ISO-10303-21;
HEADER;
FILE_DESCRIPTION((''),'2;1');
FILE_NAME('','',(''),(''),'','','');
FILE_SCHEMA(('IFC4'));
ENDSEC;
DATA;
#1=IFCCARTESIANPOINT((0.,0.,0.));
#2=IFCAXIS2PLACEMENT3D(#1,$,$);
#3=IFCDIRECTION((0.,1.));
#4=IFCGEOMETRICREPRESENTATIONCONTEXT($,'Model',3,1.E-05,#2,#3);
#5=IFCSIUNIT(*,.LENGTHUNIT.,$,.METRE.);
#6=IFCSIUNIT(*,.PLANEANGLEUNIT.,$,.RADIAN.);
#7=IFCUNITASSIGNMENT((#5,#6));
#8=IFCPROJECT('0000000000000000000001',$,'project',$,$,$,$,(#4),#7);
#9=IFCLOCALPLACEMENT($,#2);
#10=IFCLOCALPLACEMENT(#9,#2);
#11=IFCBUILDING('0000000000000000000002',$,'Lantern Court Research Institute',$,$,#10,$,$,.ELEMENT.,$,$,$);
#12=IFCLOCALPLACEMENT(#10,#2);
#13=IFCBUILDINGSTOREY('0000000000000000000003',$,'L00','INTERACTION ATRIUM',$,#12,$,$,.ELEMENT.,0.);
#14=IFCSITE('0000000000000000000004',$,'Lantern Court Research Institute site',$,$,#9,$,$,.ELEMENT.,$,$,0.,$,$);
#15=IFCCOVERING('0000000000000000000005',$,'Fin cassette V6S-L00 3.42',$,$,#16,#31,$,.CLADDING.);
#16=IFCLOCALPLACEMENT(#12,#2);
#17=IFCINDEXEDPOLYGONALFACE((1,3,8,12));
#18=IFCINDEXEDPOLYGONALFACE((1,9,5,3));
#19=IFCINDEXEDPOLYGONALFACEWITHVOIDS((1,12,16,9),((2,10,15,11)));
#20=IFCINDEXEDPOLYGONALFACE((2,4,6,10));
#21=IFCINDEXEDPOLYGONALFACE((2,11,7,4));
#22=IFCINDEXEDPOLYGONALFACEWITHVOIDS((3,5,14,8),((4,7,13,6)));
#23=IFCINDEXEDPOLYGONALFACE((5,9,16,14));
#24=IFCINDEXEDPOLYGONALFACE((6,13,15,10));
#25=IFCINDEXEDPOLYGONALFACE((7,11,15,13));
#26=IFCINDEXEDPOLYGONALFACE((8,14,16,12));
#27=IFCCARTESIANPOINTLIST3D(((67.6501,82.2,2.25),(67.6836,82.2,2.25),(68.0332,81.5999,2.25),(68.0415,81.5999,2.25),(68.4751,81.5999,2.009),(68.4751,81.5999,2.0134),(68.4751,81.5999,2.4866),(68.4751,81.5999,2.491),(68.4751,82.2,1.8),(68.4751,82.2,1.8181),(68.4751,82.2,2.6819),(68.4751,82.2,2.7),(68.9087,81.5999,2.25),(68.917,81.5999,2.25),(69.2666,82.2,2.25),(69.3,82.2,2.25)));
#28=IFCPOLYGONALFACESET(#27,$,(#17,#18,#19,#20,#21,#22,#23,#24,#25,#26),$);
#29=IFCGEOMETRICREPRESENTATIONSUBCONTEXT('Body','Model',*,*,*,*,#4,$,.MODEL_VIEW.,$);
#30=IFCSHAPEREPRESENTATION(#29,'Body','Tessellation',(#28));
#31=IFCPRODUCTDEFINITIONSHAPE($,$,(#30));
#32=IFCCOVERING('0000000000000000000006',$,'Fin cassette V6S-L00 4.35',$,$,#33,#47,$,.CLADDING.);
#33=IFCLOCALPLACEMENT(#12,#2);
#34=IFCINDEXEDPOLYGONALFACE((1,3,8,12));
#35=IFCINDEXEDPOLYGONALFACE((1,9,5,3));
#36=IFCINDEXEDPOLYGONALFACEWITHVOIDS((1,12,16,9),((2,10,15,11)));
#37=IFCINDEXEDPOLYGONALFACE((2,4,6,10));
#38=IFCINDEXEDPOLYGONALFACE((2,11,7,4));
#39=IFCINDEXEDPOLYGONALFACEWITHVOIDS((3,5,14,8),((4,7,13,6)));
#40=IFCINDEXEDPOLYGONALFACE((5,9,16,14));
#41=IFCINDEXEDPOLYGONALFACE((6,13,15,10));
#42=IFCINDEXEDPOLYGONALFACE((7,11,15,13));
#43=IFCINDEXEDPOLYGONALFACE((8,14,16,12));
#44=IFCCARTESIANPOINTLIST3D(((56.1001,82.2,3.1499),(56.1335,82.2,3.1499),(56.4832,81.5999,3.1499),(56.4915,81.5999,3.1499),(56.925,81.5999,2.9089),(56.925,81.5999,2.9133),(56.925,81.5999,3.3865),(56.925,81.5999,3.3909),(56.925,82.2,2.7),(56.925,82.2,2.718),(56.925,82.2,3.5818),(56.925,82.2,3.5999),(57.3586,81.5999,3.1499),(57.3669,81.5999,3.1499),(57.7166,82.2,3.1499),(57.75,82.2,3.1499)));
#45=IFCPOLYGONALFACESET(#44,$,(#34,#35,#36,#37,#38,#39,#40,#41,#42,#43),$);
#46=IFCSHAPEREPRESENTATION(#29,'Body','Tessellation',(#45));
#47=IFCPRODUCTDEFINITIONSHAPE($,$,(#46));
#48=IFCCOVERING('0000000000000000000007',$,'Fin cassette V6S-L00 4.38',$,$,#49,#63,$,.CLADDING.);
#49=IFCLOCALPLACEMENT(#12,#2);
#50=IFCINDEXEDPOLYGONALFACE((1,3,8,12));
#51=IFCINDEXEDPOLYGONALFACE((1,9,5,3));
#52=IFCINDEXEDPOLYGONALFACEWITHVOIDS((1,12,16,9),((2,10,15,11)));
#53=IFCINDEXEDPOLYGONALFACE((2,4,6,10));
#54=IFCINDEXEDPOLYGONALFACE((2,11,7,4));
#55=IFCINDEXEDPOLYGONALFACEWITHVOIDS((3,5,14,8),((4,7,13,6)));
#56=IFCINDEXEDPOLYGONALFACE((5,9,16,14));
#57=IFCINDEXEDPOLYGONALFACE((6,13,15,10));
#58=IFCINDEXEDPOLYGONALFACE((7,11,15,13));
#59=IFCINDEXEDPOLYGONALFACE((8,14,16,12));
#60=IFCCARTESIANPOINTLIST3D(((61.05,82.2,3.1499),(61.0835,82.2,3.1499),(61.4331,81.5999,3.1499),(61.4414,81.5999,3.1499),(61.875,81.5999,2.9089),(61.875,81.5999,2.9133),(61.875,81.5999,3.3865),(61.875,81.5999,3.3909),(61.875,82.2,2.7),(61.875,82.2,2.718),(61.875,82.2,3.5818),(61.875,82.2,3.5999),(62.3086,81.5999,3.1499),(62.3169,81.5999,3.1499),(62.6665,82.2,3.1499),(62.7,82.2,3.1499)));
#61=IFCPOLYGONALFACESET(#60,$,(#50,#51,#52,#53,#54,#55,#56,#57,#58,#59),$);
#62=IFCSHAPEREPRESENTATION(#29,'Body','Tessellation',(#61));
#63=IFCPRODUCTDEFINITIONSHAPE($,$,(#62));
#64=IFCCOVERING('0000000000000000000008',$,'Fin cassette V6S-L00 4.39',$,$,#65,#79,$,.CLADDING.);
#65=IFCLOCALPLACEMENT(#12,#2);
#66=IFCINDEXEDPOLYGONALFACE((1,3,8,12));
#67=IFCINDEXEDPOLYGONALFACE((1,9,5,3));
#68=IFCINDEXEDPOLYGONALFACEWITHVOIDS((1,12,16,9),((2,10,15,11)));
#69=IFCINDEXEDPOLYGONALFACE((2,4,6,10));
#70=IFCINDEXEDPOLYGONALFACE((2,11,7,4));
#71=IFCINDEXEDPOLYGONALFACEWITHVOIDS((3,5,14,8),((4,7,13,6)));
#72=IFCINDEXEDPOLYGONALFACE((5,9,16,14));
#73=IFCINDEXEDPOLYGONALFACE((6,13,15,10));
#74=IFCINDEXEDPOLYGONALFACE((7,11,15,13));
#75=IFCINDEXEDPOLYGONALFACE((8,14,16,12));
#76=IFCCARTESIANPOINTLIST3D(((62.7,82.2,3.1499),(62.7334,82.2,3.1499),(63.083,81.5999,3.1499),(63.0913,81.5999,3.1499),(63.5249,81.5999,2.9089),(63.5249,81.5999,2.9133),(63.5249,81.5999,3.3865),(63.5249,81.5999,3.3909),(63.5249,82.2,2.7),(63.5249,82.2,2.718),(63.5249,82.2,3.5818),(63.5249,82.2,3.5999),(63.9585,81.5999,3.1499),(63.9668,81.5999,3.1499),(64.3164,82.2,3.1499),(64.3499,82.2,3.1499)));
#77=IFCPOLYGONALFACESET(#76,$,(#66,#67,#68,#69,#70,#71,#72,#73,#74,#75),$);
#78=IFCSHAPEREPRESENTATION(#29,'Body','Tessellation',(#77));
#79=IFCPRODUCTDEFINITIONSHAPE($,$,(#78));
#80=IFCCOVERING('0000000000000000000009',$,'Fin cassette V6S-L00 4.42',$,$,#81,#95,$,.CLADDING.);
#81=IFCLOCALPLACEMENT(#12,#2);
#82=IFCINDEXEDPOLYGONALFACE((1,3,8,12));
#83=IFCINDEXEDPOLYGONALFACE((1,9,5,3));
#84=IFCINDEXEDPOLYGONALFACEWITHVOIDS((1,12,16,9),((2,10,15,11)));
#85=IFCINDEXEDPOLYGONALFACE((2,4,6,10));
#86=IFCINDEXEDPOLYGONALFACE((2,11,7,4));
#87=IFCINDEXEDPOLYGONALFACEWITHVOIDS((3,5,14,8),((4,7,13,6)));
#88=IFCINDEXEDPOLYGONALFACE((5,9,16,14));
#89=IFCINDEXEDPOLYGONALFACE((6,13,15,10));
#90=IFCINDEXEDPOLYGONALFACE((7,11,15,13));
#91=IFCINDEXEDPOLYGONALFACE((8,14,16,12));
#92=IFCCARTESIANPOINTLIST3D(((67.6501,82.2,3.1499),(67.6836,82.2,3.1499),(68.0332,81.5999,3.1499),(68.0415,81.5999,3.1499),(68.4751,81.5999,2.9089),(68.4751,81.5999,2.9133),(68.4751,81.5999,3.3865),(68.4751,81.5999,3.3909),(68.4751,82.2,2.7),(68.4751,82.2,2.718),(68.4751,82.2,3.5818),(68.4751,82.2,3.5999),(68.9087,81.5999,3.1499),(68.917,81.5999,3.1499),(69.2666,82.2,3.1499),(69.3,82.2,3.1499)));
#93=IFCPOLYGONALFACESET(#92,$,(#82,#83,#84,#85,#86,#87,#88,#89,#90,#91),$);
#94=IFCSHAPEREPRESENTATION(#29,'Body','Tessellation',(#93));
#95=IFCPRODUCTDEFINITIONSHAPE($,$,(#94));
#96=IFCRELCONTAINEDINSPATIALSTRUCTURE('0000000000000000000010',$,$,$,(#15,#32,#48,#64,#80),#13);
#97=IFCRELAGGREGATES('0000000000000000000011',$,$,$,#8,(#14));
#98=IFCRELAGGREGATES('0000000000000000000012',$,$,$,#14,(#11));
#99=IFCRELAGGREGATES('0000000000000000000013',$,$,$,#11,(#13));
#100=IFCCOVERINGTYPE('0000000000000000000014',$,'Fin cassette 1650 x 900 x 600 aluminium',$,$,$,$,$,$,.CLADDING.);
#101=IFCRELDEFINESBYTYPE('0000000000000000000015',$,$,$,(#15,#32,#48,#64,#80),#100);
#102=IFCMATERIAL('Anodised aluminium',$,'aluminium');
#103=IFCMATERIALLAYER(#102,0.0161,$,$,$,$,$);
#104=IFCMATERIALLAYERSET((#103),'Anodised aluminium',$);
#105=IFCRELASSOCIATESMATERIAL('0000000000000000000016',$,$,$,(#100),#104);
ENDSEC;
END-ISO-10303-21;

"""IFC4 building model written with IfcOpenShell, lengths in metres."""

from ifc_helpers import new_model, entity, si_unit, direction, frame, origin, place, context, subcontext, project, spatial, material, layer, layer_set, type_object, element, save


model = new_model("IFC4")

# Units and contexts
model_context = context("Model", 3, precision=1e-05, world=origin(), true_north=direction((0.0, 1.0)))
body_context = subcontext(model_context, "Body", "Model", "MODEL_VIEW")
ifc_project = project(units=[si_unit("LENGTHUNIT", "METRE"), si_unit("PLANEANGLEUNIT", "RADIAN")], contexts=[model_context])

# Site, building, storey
site_placement = place(None, origin())
site = spatial("IfcSite", under=ifc_project, at=site_placement, Name="Lantern Court Research Institute site", CompositionType="ELEMENT", RefElevation=0.0)
building_placement = place(site_placement, origin())
building = spatial("IfcBuilding", under=site, at=building_placement, Name="Lantern Court Research Institute", CompositionType="ELEMENT")
storey_placement = place(building_placement, origin())
storey = spatial("IfcBuildingStorey", under=building, at=storey_placement, Name="L00", Description="INTERACTION ATRIUM", CompositionType="ELEMENT", Elevation=0.0)

# Coverings
ifc_material_1 = material(Name="Anodised aluminium", Category="aluminium")
ifc_layer_1 = layer(ifc_material_1, 0.0161)
ifc_layer_set_1 = layer_set([ifc_layer_1], Name="Anodised aluminium")
covering_type_1 = type_object("IfcCoveringType", Name="Fin cassette 1650 x 900 x 600 aluminium", PredefinedType="CLADDING", material=ifc_layer_set_1)
covering_1_placement = place(storey_placement, frame((68.4751, 82.2, 2.25), z_axis=(0.0, -1.0, 0.0), x_axis=(1.0, 0.0, 0.0)))
cartesian_point_1 = entity("IfcCartesianPoint", [0.825, 0.0])
cartesian_point_2 = entity("IfcCartesianPoint", [0.7915, 0.0])
cartesian_point_3 = entity("IfcCartesianPoint", [0.4419, 0.0])
cartesian_point_4 = entity("IfcCartesianPoint", [0.4336, 0.0])
element("IfcCovering", 1, at=covering_1_placement, inside=storey, type_object=covering_type_1, Name="Fin cassette V6S-L00 3.42", PredefinedType="CLADDING", context=body_context, shape_type="SweptSolid", body=[
    entity("IfcExtrudedAreaSolidTapered", entity("IfcArbitraryProfileDefWithVoids", "AREA", None, entity("IfcPolyline", [cartesian_point_1, entity("IfcCartesianPoint", [0.0, 0.45]), entity("IfcCartesianPoint", [-0.825, 0.0]), entity("IfcCartesianPoint", [0.0, -0.45]), cartesian_point_1]), [entity("IfcPolyline", [cartesian_point_2, entity("IfcCartesianPoint", [0.0, 0.4319]), entity("IfcCartesianPoint", [-0.7915, 0.0]), entity("IfcCartesianPoint", [0.0, -0.4319]), cartesian_point_2])]), entity("IfcAxis2Placement3D", entity("IfcCartesianPoint", [0.0, 0.0, 0.0])), entity("IfcDirection", [0.0, 0.0, 1.0]), 0.6001, entity("IfcArbitraryProfileDefWithVoids", "AREA", None, entity("IfcPolyline", [cartesian_point_3, entity("IfcCartesianPoint", [0.0, 0.241]), entity("IfcCartesianPoint", [-0.4419, 0.0]), entity("IfcCartesianPoint", [0.0, -0.241]), cartesian_point_3]), [entity("IfcPolyline", [cartesian_point_4, entity("IfcCartesianPoint", [0.0, 0.2366]), entity("IfcCartesianPoint", [-0.4336, 0.0]), entity("IfcCartesianPoint", [0.0, -0.2366]), cartesian_point_4])])),
])
covering_2_placement = place(storey_placement, frame((56.925, 82.2, 3.1499), z_axis=(0.0, -1.0, 0.0), x_axis=(1.0, 0.0, 0.0)))
cartesian_point_5 = entity("IfcCartesianPoint", [0.825, 0.0])
cartesian_point_6 = entity("IfcCartesianPoint", [0.7915, 0.0])
cartesian_point_7 = entity("IfcCartesianPoint", [0.4419, 0.0])
cartesian_point_8 = entity("IfcCartesianPoint", [0.4336, 0.0])
element("IfcCovering", 2, at=covering_2_placement, inside=storey, type_object=covering_type_1, Name="Fin cassette V6S-L00 4.35", PredefinedType="CLADDING", context=body_context, shape_type="SweptSolid", body=[
    entity("IfcExtrudedAreaSolidTapered", entity("IfcArbitraryProfileDefWithVoids", "AREA", None, entity("IfcPolyline", [cartesian_point_5, entity("IfcCartesianPoint", [0.0, 0.45]), entity("IfcCartesianPoint", [-0.825, 0.0]), entity("IfcCartesianPoint", [0.0, -0.45]), cartesian_point_5]), [entity("IfcPolyline", [cartesian_point_6, entity("IfcCartesianPoint", [0.0, 0.4319]), entity("IfcCartesianPoint", [-0.7915, 0.0]), entity("IfcCartesianPoint", [0.0, -0.4319]), cartesian_point_6])]), entity("IfcAxis2Placement3D", entity("IfcCartesianPoint", [0.0, 0.0, 0.0])), entity("IfcDirection", [0.0, 0.0, 1.0]), 0.6001, entity("IfcArbitraryProfileDefWithVoids", "AREA", None, entity("IfcPolyline", [cartesian_point_7, entity("IfcCartesianPoint", [0.0, 0.241]), entity("IfcCartesianPoint", [-0.4419, 0.0]), entity("IfcCartesianPoint", [0.0, -0.241]), cartesian_point_7]), [entity("IfcPolyline", [cartesian_point_8, entity("IfcCartesianPoint", [0.0, 0.2366]), entity("IfcCartesianPoint", [-0.4336, 0.0]), entity("IfcCartesianPoint", [0.0, -0.2366]), cartesian_point_8])])),
])
covering_3_placement = place(storey_placement, frame((61.875, 82.2, 3.1499), z_axis=(0.0, -1.0, 0.0), x_axis=(1.0, 0.0, 0.0)))
cartesian_point_9 = entity("IfcCartesianPoint", [0.825, 0.0])
cartesian_point_10 = entity("IfcCartesianPoint", [0.7915, 0.0])
cartesian_point_11 = entity("IfcCartesianPoint", [0.4419, 0.0])
cartesian_point_12 = entity("IfcCartesianPoint", [0.4336, 0.0])
element("IfcCovering", 3, at=covering_3_placement, inside=storey, type_object=covering_type_1, Name="Fin cassette V6S-L00 4.38", PredefinedType="CLADDING", context=body_context, shape_type="SweptSolid", body=[
    entity("IfcExtrudedAreaSolidTapered", entity("IfcArbitraryProfileDefWithVoids", "AREA", None, entity("IfcPolyline", [cartesian_point_9, entity("IfcCartesianPoint", [0.0, 0.45]), entity("IfcCartesianPoint", [-0.825, 0.0]), entity("IfcCartesianPoint", [0.0, -0.45]), cartesian_point_9]), [entity("IfcPolyline", [cartesian_point_10, entity("IfcCartesianPoint", [0.0, 0.4319]), entity("IfcCartesianPoint", [-0.7915, 0.0]), entity("IfcCartesianPoint", [0.0, -0.4319]), cartesian_point_10])]), entity("IfcAxis2Placement3D", entity("IfcCartesianPoint", [0.0, 0.0, 0.0])), entity("IfcDirection", [0.0, 0.0, 1.0]), 0.6001, entity("IfcArbitraryProfileDefWithVoids", "AREA", None, entity("IfcPolyline", [cartesian_point_11, entity("IfcCartesianPoint", [0.0, 0.241]), entity("IfcCartesianPoint", [-0.4419, 0.0]), entity("IfcCartesianPoint", [0.0, -0.241]), cartesian_point_11]), [entity("IfcPolyline", [cartesian_point_12, entity("IfcCartesianPoint", [0.0, 0.2366]), entity("IfcCartesianPoint", [-0.4336, 0.0]), entity("IfcCartesianPoint", [0.0, -0.2366]), cartesian_point_12])])),
])
covering_4_placement = place(storey_placement, frame((63.5249, 82.2, 3.1499), z_axis=(0.0, -1.0, 0.0), x_axis=(1.0, 0.0, 0.0)))
cartesian_point_13 = entity("IfcCartesianPoint", [0.825, 0.0])
cartesian_point_14 = entity("IfcCartesianPoint", [0.7915, 0.0])
cartesian_point_15 = entity("IfcCartesianPoint", [0.4419, 0.0])
cartesian_point_16 = entity("IfcCartesianPoint", [0.4336, 0.0])
element("IfcCovering", 4, at=covering_4_placement, inside=storey, type_object=covering_type_1, Name="Fin cassette V6S-L00 4.39", PredefinedType="CLADDING", context=body_context, shape_type="SweptSolid", body=[
    entity("IfcExtrudedAreaSolidTapered", entity("IfcArbitraryProfileDefWithVoids", "AREA", None, entity("IfcPolyline", [cartesian_point_13, entity("IfcCartesianPoint", [0.0, 0.45]), entity("IfcCartesianPoint", [-0.825, 0.0]), entity("IfcCartesianPoint", [0.0, -0.45]), cartesian_point_13]), [entity("IfcPolyline", [cartesian_point_14, entity("IfcCartesianPoint", [0.0, 0.4319]), entity("IfcCartesianPoint", [-0.7915, 0.0]), entity("IfcCartesianPoint", [0.0, -0.4319]), cartesian_point_14])]), entity("IfcAxis2Placement3D", entity("IfcCartesianPoint", [0.0, 0.0, 0.0])), entity("IfcDirection", [0.0, 0.0, 1.0]), 0.6001, entity("IfcArbitraryProfileDefWithVoids", "AREA", None, entity("IfcPolyline", [cartesian_point_15, entity("IfcCartesianPoint", [0.0, 0.241]), entity("IfcCartesianPoint", [-0.4419, 0.0]), entity("IfcCartesianPoint", [0.0, -0.241]), cartesian_point_15]), [entity("IfcPolyline", [cartesian_point_16, entity("IfcCartesianPoint", [0.0, 0.2366]), entity("IfcCartesianPoint", [-0.4336, 0.0]), entity("IfcCartesianPoint", [0.0, -0.2366]), cartesian_point_16])])),
])
covering_5_placement = place(storey_placement, frame((68.4751, 82.2, 3.1499), z_axis=(0.0, -1.0, 0.0), x_axis=(1.0, 0.0, 0.0)))
cartesian_point_17 = entity("IfcCartesianPoint", [0.825, 0.0])
cartesian_point_18 = entity("IfcCartesianPoint", [0.7915, 0.0])
cartesian_point_19 = entity("IfcCartesianPoint", [0.4419, 0.0])
cartesian_point_20 = entity("IfcCartesianPoint", [0.4336, 0.0])
element("IfcCovering", 5, at=covering_5_placement, inside=storey, type_object=covering_type_1, Name="Fin cassette V6S-L00 4.42", PredefinedType="CLADDING", context=body_context, shape_type="SweptSolid", body=[
    entity("IfcExtrudedAreaSolidTapered", entity("IfcArbitraryProfileDefWithVoids", "AREA", None, entity("IfcPolyline", [cartesian_point_17, entity("IfcCartesianPoint", [0.0, 0.45]), entity("IfcCartesianPoint", [-0.825, 0.0]), entity("IfcCartesianPoint", [0.0, -0.45]), cartesian_point_17]), [entity("IfcPolyline", [cartesian_point_18, entity("IfcCartesianPoint", [0.0, 0.4319]), entity("IfcCartesianPoint", [-0.7915, 0.0]), entity("IfcCartesianPoint", [0.0, -0.4319]), cartesian_point_18])]), entity("IfcAxis2Placement3D", entity("IfcCartesianPoint", [0.0, 0.0, 0.0])), entity("IfcDirection", [0.0, 0.0, 1.0]), 0.6001, entity("IfcArbitraryProfileDefWithVoids", "AREA", None, entity("IfcPolyline", [cartesian_point_19, entity("IfcCartesianPoint", [0.0, 0.241]), entity("IfcCartesianPoint", [-0.4419, 0.0]), entity("IfcCartesianPoint", [0.0, -0.241]), cartesian_point_19]), [entity("IfcPolyline", [cartesian_point_20, entity("IfcCartesianPoint", [0.0, 0.2366]), entity("IfcCartesianPoint", [-0.4336, 0.0]), entity("IfcCartesianPoint", [0.0, -0.2366]), cartesian_point_20])])),
])

save(model, "model.ifc")
